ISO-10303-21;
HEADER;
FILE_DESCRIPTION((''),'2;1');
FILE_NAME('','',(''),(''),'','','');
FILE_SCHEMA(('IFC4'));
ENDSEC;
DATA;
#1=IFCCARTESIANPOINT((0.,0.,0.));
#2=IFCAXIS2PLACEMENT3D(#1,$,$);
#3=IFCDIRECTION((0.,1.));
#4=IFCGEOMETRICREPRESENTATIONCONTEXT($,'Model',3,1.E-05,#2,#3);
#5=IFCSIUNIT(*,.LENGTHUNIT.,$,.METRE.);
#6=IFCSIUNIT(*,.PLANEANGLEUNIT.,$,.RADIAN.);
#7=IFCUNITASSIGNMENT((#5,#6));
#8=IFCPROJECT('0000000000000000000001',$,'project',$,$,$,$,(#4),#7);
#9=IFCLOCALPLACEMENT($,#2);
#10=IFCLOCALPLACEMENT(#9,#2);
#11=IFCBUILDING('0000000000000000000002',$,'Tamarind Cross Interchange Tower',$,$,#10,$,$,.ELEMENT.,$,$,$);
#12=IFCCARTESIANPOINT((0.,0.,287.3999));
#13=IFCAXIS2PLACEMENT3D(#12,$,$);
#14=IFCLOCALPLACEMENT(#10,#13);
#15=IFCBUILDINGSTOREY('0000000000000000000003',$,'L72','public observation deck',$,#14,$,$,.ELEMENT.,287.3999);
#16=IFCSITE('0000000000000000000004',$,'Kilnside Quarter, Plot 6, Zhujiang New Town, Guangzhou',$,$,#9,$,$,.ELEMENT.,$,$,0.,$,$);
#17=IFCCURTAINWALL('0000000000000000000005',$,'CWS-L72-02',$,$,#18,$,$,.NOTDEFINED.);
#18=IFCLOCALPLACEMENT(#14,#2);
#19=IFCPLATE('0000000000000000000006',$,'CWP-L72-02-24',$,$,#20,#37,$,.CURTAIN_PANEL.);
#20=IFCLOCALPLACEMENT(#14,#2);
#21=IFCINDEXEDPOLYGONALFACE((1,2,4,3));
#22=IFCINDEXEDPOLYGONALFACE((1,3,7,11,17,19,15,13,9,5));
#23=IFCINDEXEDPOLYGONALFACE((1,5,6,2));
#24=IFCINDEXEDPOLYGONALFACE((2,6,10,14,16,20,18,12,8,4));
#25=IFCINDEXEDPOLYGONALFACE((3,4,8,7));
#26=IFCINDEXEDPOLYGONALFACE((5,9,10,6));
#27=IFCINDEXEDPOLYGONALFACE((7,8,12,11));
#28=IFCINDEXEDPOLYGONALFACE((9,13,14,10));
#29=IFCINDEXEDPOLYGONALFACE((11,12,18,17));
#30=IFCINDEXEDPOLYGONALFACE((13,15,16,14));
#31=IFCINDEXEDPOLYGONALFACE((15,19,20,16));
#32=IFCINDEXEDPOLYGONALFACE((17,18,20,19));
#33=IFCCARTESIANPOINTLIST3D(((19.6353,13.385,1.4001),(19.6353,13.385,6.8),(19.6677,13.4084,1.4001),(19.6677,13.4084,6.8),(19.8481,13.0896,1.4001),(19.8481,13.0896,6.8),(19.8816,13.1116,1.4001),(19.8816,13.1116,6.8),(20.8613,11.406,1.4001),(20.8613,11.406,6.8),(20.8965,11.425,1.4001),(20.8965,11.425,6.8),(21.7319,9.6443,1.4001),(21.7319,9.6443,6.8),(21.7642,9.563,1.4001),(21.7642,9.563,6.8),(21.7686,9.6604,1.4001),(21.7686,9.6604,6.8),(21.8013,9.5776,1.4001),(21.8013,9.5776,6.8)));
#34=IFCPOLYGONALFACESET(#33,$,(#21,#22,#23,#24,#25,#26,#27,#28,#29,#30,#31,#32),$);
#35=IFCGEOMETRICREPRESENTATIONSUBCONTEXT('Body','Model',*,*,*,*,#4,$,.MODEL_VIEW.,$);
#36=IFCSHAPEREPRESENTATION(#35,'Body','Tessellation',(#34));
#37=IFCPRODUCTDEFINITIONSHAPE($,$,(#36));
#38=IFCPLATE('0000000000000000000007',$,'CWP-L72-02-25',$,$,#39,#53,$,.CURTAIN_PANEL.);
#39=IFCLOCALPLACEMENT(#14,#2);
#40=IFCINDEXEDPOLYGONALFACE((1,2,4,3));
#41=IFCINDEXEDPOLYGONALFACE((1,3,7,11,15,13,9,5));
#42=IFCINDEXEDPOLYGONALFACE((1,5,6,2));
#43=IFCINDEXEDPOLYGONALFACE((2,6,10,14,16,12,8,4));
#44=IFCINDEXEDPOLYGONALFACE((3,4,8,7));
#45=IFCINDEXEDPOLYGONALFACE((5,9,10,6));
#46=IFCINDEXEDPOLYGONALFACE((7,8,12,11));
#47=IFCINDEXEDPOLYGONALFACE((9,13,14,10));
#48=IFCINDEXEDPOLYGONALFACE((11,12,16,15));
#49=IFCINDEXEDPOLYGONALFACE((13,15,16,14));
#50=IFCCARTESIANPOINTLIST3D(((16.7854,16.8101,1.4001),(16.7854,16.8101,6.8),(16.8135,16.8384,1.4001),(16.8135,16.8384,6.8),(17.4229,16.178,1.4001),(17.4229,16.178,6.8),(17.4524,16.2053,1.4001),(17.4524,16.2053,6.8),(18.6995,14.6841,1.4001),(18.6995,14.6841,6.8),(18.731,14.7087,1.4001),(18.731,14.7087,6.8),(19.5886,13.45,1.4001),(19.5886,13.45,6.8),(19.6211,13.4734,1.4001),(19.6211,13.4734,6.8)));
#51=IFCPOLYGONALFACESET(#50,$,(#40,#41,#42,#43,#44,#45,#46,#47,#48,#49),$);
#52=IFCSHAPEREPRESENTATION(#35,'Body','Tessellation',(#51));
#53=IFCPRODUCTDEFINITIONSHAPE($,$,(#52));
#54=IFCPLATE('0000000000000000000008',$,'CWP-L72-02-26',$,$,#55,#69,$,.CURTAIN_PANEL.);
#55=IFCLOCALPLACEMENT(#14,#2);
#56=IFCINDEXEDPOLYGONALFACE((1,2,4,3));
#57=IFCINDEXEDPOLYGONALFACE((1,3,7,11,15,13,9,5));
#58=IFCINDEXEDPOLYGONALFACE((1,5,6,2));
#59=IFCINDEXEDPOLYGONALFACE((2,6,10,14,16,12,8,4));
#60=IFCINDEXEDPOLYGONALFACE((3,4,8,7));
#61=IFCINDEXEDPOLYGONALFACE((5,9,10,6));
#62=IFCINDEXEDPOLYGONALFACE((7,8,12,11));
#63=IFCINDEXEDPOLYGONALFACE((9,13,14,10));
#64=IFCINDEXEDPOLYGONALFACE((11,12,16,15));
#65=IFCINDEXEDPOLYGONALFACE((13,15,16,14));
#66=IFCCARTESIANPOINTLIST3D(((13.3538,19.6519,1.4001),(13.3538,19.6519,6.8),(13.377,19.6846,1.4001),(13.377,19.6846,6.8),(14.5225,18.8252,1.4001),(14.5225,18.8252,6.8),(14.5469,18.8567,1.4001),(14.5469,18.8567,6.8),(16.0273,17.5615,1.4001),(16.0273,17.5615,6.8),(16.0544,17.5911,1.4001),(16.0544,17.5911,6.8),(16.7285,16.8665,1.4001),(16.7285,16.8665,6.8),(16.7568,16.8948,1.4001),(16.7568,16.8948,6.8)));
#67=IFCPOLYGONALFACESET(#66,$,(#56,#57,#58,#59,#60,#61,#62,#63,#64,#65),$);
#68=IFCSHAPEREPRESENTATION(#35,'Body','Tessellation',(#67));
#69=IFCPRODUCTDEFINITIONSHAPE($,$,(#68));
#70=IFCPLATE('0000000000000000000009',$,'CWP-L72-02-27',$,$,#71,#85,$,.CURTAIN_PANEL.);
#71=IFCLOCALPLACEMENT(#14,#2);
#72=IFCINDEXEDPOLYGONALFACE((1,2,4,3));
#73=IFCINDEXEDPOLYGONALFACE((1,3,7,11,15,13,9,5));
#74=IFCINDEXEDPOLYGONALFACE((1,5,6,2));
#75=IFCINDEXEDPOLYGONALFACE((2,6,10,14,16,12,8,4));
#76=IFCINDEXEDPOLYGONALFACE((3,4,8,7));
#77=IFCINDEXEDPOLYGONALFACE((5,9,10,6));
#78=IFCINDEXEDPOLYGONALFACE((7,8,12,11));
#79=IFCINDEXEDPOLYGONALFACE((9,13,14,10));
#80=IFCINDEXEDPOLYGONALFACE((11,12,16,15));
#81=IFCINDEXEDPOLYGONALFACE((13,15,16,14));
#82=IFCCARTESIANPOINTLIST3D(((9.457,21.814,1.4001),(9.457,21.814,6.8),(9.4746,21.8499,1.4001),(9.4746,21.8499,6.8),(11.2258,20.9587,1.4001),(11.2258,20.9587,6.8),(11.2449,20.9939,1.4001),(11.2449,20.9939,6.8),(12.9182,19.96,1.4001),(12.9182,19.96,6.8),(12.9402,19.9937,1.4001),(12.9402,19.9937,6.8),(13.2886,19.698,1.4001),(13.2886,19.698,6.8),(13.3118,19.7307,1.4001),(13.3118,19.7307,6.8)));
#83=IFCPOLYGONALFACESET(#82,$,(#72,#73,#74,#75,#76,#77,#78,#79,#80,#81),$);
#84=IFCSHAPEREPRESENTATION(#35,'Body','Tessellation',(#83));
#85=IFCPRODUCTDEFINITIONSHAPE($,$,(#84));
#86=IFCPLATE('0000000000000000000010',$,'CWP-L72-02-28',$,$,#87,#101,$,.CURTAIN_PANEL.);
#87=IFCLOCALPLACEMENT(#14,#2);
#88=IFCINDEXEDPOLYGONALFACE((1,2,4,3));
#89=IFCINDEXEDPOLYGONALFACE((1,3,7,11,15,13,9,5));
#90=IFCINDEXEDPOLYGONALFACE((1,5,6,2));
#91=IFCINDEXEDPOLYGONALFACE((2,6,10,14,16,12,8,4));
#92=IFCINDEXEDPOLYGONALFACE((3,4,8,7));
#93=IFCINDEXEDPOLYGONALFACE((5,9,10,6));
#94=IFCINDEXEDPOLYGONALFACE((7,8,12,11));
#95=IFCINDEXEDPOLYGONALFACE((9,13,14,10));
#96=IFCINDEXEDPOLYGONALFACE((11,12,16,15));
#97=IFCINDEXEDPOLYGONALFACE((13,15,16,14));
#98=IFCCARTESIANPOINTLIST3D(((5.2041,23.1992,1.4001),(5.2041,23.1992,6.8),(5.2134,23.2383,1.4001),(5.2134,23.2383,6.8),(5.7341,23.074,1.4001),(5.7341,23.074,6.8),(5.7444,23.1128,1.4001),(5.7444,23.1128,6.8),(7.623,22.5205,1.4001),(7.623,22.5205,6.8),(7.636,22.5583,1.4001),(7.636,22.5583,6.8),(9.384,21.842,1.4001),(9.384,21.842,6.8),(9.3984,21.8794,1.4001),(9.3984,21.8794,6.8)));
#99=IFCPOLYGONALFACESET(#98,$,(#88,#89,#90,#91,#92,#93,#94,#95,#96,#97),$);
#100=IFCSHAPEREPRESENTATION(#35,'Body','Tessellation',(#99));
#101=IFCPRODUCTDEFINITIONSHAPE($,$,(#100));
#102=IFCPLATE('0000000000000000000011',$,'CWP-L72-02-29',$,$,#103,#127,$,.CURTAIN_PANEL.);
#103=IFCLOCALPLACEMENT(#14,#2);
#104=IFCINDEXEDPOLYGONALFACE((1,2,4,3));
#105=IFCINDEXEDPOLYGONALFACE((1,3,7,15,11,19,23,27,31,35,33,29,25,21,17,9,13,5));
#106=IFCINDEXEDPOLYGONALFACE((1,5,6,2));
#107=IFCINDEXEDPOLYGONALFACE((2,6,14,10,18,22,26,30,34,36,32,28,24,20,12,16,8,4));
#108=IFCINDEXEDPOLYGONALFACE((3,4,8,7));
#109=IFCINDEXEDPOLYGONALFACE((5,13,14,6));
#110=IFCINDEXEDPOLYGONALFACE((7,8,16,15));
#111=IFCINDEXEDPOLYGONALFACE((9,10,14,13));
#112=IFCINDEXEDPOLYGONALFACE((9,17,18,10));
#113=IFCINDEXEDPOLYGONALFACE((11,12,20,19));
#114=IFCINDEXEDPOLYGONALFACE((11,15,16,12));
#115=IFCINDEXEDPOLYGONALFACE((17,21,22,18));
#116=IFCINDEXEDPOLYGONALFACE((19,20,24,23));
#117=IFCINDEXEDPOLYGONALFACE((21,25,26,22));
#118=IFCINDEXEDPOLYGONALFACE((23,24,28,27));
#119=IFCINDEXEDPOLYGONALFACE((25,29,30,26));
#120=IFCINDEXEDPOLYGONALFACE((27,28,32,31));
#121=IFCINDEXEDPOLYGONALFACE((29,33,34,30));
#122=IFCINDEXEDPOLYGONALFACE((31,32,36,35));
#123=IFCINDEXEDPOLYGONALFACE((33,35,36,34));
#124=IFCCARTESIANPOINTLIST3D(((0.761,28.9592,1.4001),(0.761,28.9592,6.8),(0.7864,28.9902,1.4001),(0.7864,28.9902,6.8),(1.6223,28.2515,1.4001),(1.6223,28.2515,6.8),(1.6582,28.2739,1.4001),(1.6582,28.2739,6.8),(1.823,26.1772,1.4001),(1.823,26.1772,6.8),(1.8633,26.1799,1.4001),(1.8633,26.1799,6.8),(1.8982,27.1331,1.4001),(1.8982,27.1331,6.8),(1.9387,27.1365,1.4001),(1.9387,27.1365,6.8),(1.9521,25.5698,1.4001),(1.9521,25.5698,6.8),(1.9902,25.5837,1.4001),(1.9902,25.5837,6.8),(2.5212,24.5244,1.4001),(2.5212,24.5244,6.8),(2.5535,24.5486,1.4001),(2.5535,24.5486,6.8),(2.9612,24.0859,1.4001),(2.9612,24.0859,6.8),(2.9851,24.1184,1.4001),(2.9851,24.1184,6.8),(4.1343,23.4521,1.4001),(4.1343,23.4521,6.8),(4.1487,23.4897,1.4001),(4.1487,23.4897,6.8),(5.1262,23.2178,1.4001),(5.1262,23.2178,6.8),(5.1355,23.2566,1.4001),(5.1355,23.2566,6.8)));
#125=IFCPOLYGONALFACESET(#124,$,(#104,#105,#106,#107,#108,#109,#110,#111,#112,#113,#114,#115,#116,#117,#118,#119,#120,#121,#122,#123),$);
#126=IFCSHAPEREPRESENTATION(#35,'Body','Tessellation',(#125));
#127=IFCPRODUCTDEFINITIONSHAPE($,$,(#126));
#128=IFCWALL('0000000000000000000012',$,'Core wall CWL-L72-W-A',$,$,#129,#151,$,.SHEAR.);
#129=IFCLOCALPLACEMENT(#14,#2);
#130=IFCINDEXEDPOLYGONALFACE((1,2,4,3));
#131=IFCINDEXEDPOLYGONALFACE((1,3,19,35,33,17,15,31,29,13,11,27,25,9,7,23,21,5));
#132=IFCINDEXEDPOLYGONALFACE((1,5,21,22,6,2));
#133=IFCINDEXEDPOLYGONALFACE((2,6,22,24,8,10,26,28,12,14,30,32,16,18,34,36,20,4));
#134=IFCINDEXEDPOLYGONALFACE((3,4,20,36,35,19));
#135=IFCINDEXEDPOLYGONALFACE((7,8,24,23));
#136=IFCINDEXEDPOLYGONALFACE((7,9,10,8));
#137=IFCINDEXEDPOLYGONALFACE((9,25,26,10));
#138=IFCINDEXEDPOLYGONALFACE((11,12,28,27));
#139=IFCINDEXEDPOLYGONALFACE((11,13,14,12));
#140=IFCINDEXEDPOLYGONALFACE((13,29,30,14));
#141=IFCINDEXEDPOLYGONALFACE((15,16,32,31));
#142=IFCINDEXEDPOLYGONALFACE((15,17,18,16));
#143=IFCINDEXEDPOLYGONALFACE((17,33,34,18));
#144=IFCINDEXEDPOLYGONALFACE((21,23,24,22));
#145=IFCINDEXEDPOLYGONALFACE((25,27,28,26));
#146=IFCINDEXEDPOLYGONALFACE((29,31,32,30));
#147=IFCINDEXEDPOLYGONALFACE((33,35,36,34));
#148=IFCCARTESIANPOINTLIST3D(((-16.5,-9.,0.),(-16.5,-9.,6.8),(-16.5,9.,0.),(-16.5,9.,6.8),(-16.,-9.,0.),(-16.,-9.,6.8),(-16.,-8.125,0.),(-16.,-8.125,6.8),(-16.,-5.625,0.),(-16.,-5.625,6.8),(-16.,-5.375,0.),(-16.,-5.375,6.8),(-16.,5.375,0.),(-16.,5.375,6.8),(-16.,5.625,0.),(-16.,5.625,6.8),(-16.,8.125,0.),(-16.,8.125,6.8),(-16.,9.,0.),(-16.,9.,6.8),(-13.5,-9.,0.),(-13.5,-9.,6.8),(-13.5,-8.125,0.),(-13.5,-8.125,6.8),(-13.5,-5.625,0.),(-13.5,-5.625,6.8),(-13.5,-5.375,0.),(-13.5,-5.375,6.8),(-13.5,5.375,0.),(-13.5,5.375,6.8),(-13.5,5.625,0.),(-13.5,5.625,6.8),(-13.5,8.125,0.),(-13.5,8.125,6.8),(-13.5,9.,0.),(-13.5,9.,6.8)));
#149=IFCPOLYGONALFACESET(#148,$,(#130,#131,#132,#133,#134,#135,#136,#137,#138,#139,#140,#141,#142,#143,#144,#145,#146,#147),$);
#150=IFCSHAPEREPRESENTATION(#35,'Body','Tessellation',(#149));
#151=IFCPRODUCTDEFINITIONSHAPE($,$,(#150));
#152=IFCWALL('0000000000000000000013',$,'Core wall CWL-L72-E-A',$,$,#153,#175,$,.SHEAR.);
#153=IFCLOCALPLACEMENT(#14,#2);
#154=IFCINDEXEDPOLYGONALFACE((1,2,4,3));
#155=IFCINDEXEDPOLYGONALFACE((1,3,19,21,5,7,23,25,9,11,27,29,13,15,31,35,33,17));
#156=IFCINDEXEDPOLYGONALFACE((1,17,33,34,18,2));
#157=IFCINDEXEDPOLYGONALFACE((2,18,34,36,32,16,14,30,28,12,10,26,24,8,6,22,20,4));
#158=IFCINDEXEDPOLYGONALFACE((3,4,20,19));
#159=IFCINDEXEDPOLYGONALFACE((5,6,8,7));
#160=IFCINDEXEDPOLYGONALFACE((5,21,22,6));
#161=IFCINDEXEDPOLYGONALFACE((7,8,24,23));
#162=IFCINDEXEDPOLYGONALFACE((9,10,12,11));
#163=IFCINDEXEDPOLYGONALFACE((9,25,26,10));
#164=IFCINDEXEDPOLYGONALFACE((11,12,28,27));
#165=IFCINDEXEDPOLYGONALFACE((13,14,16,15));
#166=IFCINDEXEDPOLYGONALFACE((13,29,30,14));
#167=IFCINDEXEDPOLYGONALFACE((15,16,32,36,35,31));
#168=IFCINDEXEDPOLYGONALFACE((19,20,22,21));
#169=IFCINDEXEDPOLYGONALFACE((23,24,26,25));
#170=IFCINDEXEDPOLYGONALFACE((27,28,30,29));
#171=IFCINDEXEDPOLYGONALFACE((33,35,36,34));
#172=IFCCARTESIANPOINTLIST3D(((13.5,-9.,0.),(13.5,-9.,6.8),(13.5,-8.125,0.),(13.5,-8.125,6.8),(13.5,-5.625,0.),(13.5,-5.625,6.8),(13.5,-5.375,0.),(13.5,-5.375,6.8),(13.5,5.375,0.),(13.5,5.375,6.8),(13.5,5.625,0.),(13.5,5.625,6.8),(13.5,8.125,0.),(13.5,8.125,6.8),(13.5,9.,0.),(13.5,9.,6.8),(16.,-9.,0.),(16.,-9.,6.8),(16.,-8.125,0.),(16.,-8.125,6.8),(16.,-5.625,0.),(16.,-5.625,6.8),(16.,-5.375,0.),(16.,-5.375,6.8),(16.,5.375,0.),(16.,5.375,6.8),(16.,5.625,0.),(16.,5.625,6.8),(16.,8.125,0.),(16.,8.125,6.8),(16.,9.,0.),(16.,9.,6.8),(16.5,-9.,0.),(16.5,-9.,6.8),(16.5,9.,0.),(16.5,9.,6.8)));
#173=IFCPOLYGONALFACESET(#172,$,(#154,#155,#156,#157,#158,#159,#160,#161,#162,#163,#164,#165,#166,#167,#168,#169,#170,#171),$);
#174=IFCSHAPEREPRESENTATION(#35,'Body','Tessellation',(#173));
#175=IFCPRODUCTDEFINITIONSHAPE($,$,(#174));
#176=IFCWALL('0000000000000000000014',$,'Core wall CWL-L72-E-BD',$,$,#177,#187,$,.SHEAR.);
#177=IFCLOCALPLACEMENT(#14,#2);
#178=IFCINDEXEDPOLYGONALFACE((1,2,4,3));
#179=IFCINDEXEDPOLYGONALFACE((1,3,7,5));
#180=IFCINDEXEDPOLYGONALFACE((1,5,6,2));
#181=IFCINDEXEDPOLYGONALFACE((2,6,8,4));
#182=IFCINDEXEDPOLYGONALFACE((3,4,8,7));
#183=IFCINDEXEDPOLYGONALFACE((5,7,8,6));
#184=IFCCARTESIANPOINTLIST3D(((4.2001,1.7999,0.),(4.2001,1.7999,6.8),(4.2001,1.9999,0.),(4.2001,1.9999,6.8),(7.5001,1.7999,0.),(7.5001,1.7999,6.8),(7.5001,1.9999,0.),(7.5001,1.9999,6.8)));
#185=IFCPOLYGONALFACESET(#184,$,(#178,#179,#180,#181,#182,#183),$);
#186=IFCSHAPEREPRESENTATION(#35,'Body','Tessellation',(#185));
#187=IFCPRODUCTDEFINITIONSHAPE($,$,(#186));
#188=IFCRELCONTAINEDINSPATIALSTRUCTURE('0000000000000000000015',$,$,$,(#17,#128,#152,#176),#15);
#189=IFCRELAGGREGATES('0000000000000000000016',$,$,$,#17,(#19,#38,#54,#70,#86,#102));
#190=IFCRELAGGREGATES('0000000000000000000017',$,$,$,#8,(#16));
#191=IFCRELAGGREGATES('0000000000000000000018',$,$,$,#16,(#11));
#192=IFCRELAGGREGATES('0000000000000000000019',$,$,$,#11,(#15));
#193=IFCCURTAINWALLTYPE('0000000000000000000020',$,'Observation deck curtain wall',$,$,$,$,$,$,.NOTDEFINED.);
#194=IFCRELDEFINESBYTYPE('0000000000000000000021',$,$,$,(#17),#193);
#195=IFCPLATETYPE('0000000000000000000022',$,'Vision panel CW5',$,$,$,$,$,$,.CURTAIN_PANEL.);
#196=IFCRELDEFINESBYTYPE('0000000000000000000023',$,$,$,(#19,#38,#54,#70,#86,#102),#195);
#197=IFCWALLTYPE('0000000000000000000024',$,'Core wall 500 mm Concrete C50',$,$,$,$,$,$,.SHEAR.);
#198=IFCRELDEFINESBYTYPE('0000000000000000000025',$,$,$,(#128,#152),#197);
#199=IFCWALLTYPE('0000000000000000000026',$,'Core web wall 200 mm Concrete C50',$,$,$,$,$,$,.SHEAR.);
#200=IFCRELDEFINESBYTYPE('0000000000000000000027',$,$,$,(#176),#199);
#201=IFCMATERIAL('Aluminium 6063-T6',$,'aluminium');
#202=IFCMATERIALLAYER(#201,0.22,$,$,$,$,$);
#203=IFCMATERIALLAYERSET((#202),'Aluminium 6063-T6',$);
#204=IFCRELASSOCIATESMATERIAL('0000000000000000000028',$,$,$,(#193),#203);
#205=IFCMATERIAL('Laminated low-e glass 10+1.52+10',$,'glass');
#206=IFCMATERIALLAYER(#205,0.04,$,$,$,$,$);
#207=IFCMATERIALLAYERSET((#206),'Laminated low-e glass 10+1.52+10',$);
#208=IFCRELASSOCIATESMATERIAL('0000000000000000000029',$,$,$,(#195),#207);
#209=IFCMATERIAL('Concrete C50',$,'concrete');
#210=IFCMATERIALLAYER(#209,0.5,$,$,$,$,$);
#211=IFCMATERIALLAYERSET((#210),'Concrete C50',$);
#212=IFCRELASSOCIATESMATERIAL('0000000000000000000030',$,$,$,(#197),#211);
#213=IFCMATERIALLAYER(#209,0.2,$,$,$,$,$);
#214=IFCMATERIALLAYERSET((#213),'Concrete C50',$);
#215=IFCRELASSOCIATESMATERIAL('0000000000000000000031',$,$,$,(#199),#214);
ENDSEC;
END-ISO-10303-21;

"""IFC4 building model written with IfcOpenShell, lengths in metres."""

from ifc_helpers import new_model, si_unit, direction, frame, frame_2d, origin, place, context, subcontext, project, spatial, polyline, rectangle, outline, extrude, material, layer, layer_set, type_object, element, aggregate, save


model = new_model("IFC4")

# Units and contexts
model_context = context("Model", 3, precision=1e-05, world=origin(), true_north=direction((0.0, 1.0)))
body_context = subcontext(model_context, "Body", "Model", "MODEL_VIEW")
ifc_project = project(units=[si_unit("LENGTHUNIT", "METRE"), si_unit("PLANEANGLEUNIT", "RADIAN")], contexts=[model_context])

# Site, building, storey
site_placement = place(None, origin())
site = spatial("IfcSite", under=ifc_project, at=site_placement, Name="Kilnside Quarter, Plot 6, Zhujiang New Town, Guangzhou", CompositionType="ELEMENT", RefElevation=0.0)
building_placement = place(site_placement, origin())
building = spatial("IfcBuilding", under=site, at=building_placement, Name="Tamarind Cross Interchange Tower", CompositionType="ELEMENT")
storey_placement = place(building_placement, frame((0.0, 0.0, 287.3999)))
storey = spatial("IfcBuildingStorey", under=building, at=storey_placement, Name="L72", Description="public observation deck", CompositionType="ELEMENT", Elevation=287.3999)

# Curtain wall
ifc_material_1 = material(Name="Aluminium 6063-T6", Category="aluminium")
ifc_layer_1 = layer(ifc_material_1, 0.22)
ifc_layer_set_1 = layer_set([ifc_layer_1], Name="Aluminium 6063-T6")
curtain_wall_type = type_object("IfcCurtainWallType", Name="Observation deck curtain wall", PredefinedType="NOTDEFINED", material=ifc_layer_set_1)
curtain_wall_placement = place(storey_placement, origin())
curtain_wall = element("IfcCurtainWall", 1, at=curtain_wall_placement, inside=storey, type_object=curtain_wall_type, Name="CWS-L72-02", PredefinedType="NOTDEFINED")

# Plates
ifc_material_2 = material(Name="Laminated low-e glass 10+1.52+10", Category="glass")
ifc_layer_2 = layer(ifc_material_2, 0.04)
ifc_layer_set_2 = layer_set([ifc_layer_2], Name="Laminated low-e glass 10+1.52+10")
plate_type = type_object("IfcPlateType", Name="Vision panel CW5", PredefinedType="CURTAIN_PANEL", material=ifc_layer_set_2)
plate_1_placement = place(storey_placement, frame((0.0, 0.0, 1.4001)))
plate_1 = element("IfcPlate", 2, at=plate_1_placement, type_object=plate_type, Name="CWP-L72-02-24", PredefinedType="CURTAIN_PANEL", context=body_context, shape_type="SweptSolid", body=[
    extrude(outline(polyline([(21.7642, 9.563), (21.7319, 9.6443), (20.8613, 11.406), (19.8481, 13.0896), (19.6353, 13.385), (19.6677, 13.4084), (19.8816, 13.1116), (20.8965, 11.425), (21.7686, 9.6604), (21.8013, 9.5776), (21.7642, 9.563)])), origin(), (0.0, 0.0, 1.0), 5.3999),
])
plate_2_placement = place(storey_placement, frame((0.0, 0.0, 1.4001)))
plate_2 = element("IfcPlate", 3, at=plate_2_placement, type_object=plate_type, Name="CWP-L72-02-25", PredefinedType="CURTAIN_PANEL", context=body_context, shape_type="SweptSolid", body=[
    extrude(outline(polyline([(19.5886, 13.45), (18.6995, 14.6841), (17.4229, 16.178), (16.7854, 16.8101), (16.8135, 16.8384), (17.4524, 16.2053), (18.731, 14.7087), (19.6211, 13.4734), (19.5886, 13.45)])), origin(), (0.0, 0.0, 1.0), 5.3999),
])
plate_3_placement = place(storey_placement, frame((0.0, 0.0, 1.4001)))
plate_3 = element("IfcPlate", 4, at=plate_3_placement, type_object=plate_type, Name="CWP-L72-02-26", PredefinedType="CURTAIN_PANEL", context=body_context, shape_type="SweptSolid", body=[
    extrude(outline(polyline([(16.7285, 16.8665), (16.0273, 17.5615), (14.5225, 18.8252), (13.3538, 19.6519), (13.377, 19.6846), (14.5469, 18.8567), (16.0544, 17.5911), (16.7568, 16.8948), (16.7285, 16.8665)])), origin(), (0.0, 0.0, 1.0), 5.3999),
])
plate_4_placement = place(storey_placement, frame((0.0, 0.0, 1.4001)))
plate_4 = element("IfcPlate", 5, at=plate_4_placement, type_object=plate_type, Name="CWP-L72-02-27", PredefinedType="CURTAIN_PANEL", context=body_context, shape_type="SweptSolid", body=[
    extrude(outline(polyline([(13.2886, 19.698), (12.9182, 19.96), (11.2258, 20.9587), (9.457, 21.814), (9.4746, 21.8499), (11.2449, 20.9939), (12.9402, 19.9937), (13.3118, 19.7307), (13.2886, 19.698)])), origin(), (0.0, 0.0, 1.0), 5.3999),
])
plate_5_placement = place(storey_placement, frame((0.0, 0.0, 1.4001)))
plate_5 = element("IfcPlate", 6, at=plate_5_placement, type_object=plate_type, Name="CWP-L72-02-28", PredefinedType="CURTAIN_PANEL", context=body_context, shape_type="SweptSolid", body=[
    extrude(outline(polyline([(9.384, 21.842), (7.623, 22.5205), (5.7341, 23.074), (5.2041, 23.1992), (5.2134, 23.2383), (5.7444, 23.1128), (7.636, 22.5583), (9.3984, 21.8794), (9.384, 21.842)])), origin(), (0.0, 0.0, 1.0), 5.3999),
])
plate_6_placement = place(storey_placement, frame((0.0, 0.0, 1.4001)))
plate_6 = element("IfcPlate", 7, at=plate_6_placement, type_object=plate_type, Name="CWP-L72-02-29", PredefinedType="CURTAIN_PANEL", context=body_context, shape_type="SweptSolid", body=[
    extrude(outline(polyline([(5.1262, 23.2178), (4.1343, 23.4521), (2.9612, 24.0859), (2.5212, 24.5244), (1.9521, 25.5698), (1.823, 26.1772), (1.8982, 27.1331), (1.6223, 28.2515), (0.761, 28.9592), (0.7864, 28.9902), (1.6582, 28.2739), (1.9387, 27.1365), (1.8633, 26.1799), (1.9902, 25.5837), (2.5535, 24.5486), (2.9851, 24.1184), (4.1487, 23.4897), (5.1355, 23.2566), (5.1262, 23.2178)])), origin(), (0.0, 0.0, 1.0), 5.3999),
])
aggregate(curtain_wall, [plate_1, plate_2, plate_3, plate_4, plate_5, plate_6])

# Walls
ifc_material_3 = material(Name="Concrete C50", Category="concrete")
ifc_layer_3 = layer(ifc_material_3, 0.5)
ifc_layer_set_3 = layer_set([ifc_layer_3], Name="Concrete C50")
wall_type_1 = type_object("IfcWallType", Name="Core wall 500 mm Concrete C50", PredefinedType="SHEAR", material=ifc_layer_set_3)
wall_1_placement = place(storey_placement, origin())
element("IfcWall", 8, at=wall_1_placement, inside=storey, type_object=wall_type_1, Name="Core wall CWL-L72-W-A", PredefinedType="SHEAR", context=body_context, shape_type="SweptSolid", body=[
    extrude(outline(polyline([(-13.5, -8.125), (-16.0, -8.125), (-16.0, -5.625), (-13.5, -5.625), (-13.5, -5.375), (-16.0, -5.375), (-16.0, 5.375), (-13.5, 5.375), (-13.5, 5.625), (-16.0, 5.625), (-16.0, 8.125), (-13.5, 8.125), (-13.5, 9.0), (-16.0, 9.0), (-16.5, 9.0), (-16.5, -9.0), (-16.0, -9.0), (-13.5, -9.0), (-13.5, -8.125)])), origin(), (0.0, 0.0, 1.0), 6.8),
])
wall_2_placement = place(storey_placement, origin())
element("IfcWall", 9, at=wall_2_placement, inside=storey, type_object=wall_type_1, Name="Core wall CWL-L72-E-A", PredefinedType="SHEAR", context=body_context, shape_type="SweptSolid", body=[
    extrude(outline(polyline([(13.5, -8.125), (13.5, -9.0), (16.0, -9.0), (16.5, -9.0), (16.5, 9.0), (16.0, 9.0), (13.5, 9.0), (13.5, 8.125), (16.0, 8.125), (16.0, 5.625), (13.5, 5.625), (13.5, 5.375), (16.0, 5.375), (16.0, -5.375), (13.5, -5.375), (13.5, -5.625), (16.0, -5.625), (16.0, -8.125), (13.5, -8.125)])), origin(), (0.0, 0.0, 1.0), 6.8),
])
ifc_layer_4 = layer(ifc_material_3, 0.2)
ifc_layer_set_4 = layer_set([ifc_layer_4], Name="Concrete C50")
wall_type_2 = type_object("IfcWallType", Name="Core web wall 200 mm Concrete C50", PredefinedType="SHEAR", material=ifc_layer_set_4)
wall_3_placement = place(storey_placement, frame((7.5, 1.8999, 0.0), z_axis=(0.0, 0.0, 1.0), x_axis=(-1.0, 0.0, 0.0)))
element("IfcWall", 10, at=wall_3_placement, inside=storey, type_object=wall_type_2, Name="Core wall CWL-L72-E-BD", PredefinedType="SHEAR", context=body_context, shape_type="SweptSolid", body=[
    extrude(rectangle(XDim=3.3, YDim=0.2, at=frame_2d((1.6499, 0.0))), origin(), (0.0, 0.0, 1.0), 6.8),
])

save(model, "model.ifc")
